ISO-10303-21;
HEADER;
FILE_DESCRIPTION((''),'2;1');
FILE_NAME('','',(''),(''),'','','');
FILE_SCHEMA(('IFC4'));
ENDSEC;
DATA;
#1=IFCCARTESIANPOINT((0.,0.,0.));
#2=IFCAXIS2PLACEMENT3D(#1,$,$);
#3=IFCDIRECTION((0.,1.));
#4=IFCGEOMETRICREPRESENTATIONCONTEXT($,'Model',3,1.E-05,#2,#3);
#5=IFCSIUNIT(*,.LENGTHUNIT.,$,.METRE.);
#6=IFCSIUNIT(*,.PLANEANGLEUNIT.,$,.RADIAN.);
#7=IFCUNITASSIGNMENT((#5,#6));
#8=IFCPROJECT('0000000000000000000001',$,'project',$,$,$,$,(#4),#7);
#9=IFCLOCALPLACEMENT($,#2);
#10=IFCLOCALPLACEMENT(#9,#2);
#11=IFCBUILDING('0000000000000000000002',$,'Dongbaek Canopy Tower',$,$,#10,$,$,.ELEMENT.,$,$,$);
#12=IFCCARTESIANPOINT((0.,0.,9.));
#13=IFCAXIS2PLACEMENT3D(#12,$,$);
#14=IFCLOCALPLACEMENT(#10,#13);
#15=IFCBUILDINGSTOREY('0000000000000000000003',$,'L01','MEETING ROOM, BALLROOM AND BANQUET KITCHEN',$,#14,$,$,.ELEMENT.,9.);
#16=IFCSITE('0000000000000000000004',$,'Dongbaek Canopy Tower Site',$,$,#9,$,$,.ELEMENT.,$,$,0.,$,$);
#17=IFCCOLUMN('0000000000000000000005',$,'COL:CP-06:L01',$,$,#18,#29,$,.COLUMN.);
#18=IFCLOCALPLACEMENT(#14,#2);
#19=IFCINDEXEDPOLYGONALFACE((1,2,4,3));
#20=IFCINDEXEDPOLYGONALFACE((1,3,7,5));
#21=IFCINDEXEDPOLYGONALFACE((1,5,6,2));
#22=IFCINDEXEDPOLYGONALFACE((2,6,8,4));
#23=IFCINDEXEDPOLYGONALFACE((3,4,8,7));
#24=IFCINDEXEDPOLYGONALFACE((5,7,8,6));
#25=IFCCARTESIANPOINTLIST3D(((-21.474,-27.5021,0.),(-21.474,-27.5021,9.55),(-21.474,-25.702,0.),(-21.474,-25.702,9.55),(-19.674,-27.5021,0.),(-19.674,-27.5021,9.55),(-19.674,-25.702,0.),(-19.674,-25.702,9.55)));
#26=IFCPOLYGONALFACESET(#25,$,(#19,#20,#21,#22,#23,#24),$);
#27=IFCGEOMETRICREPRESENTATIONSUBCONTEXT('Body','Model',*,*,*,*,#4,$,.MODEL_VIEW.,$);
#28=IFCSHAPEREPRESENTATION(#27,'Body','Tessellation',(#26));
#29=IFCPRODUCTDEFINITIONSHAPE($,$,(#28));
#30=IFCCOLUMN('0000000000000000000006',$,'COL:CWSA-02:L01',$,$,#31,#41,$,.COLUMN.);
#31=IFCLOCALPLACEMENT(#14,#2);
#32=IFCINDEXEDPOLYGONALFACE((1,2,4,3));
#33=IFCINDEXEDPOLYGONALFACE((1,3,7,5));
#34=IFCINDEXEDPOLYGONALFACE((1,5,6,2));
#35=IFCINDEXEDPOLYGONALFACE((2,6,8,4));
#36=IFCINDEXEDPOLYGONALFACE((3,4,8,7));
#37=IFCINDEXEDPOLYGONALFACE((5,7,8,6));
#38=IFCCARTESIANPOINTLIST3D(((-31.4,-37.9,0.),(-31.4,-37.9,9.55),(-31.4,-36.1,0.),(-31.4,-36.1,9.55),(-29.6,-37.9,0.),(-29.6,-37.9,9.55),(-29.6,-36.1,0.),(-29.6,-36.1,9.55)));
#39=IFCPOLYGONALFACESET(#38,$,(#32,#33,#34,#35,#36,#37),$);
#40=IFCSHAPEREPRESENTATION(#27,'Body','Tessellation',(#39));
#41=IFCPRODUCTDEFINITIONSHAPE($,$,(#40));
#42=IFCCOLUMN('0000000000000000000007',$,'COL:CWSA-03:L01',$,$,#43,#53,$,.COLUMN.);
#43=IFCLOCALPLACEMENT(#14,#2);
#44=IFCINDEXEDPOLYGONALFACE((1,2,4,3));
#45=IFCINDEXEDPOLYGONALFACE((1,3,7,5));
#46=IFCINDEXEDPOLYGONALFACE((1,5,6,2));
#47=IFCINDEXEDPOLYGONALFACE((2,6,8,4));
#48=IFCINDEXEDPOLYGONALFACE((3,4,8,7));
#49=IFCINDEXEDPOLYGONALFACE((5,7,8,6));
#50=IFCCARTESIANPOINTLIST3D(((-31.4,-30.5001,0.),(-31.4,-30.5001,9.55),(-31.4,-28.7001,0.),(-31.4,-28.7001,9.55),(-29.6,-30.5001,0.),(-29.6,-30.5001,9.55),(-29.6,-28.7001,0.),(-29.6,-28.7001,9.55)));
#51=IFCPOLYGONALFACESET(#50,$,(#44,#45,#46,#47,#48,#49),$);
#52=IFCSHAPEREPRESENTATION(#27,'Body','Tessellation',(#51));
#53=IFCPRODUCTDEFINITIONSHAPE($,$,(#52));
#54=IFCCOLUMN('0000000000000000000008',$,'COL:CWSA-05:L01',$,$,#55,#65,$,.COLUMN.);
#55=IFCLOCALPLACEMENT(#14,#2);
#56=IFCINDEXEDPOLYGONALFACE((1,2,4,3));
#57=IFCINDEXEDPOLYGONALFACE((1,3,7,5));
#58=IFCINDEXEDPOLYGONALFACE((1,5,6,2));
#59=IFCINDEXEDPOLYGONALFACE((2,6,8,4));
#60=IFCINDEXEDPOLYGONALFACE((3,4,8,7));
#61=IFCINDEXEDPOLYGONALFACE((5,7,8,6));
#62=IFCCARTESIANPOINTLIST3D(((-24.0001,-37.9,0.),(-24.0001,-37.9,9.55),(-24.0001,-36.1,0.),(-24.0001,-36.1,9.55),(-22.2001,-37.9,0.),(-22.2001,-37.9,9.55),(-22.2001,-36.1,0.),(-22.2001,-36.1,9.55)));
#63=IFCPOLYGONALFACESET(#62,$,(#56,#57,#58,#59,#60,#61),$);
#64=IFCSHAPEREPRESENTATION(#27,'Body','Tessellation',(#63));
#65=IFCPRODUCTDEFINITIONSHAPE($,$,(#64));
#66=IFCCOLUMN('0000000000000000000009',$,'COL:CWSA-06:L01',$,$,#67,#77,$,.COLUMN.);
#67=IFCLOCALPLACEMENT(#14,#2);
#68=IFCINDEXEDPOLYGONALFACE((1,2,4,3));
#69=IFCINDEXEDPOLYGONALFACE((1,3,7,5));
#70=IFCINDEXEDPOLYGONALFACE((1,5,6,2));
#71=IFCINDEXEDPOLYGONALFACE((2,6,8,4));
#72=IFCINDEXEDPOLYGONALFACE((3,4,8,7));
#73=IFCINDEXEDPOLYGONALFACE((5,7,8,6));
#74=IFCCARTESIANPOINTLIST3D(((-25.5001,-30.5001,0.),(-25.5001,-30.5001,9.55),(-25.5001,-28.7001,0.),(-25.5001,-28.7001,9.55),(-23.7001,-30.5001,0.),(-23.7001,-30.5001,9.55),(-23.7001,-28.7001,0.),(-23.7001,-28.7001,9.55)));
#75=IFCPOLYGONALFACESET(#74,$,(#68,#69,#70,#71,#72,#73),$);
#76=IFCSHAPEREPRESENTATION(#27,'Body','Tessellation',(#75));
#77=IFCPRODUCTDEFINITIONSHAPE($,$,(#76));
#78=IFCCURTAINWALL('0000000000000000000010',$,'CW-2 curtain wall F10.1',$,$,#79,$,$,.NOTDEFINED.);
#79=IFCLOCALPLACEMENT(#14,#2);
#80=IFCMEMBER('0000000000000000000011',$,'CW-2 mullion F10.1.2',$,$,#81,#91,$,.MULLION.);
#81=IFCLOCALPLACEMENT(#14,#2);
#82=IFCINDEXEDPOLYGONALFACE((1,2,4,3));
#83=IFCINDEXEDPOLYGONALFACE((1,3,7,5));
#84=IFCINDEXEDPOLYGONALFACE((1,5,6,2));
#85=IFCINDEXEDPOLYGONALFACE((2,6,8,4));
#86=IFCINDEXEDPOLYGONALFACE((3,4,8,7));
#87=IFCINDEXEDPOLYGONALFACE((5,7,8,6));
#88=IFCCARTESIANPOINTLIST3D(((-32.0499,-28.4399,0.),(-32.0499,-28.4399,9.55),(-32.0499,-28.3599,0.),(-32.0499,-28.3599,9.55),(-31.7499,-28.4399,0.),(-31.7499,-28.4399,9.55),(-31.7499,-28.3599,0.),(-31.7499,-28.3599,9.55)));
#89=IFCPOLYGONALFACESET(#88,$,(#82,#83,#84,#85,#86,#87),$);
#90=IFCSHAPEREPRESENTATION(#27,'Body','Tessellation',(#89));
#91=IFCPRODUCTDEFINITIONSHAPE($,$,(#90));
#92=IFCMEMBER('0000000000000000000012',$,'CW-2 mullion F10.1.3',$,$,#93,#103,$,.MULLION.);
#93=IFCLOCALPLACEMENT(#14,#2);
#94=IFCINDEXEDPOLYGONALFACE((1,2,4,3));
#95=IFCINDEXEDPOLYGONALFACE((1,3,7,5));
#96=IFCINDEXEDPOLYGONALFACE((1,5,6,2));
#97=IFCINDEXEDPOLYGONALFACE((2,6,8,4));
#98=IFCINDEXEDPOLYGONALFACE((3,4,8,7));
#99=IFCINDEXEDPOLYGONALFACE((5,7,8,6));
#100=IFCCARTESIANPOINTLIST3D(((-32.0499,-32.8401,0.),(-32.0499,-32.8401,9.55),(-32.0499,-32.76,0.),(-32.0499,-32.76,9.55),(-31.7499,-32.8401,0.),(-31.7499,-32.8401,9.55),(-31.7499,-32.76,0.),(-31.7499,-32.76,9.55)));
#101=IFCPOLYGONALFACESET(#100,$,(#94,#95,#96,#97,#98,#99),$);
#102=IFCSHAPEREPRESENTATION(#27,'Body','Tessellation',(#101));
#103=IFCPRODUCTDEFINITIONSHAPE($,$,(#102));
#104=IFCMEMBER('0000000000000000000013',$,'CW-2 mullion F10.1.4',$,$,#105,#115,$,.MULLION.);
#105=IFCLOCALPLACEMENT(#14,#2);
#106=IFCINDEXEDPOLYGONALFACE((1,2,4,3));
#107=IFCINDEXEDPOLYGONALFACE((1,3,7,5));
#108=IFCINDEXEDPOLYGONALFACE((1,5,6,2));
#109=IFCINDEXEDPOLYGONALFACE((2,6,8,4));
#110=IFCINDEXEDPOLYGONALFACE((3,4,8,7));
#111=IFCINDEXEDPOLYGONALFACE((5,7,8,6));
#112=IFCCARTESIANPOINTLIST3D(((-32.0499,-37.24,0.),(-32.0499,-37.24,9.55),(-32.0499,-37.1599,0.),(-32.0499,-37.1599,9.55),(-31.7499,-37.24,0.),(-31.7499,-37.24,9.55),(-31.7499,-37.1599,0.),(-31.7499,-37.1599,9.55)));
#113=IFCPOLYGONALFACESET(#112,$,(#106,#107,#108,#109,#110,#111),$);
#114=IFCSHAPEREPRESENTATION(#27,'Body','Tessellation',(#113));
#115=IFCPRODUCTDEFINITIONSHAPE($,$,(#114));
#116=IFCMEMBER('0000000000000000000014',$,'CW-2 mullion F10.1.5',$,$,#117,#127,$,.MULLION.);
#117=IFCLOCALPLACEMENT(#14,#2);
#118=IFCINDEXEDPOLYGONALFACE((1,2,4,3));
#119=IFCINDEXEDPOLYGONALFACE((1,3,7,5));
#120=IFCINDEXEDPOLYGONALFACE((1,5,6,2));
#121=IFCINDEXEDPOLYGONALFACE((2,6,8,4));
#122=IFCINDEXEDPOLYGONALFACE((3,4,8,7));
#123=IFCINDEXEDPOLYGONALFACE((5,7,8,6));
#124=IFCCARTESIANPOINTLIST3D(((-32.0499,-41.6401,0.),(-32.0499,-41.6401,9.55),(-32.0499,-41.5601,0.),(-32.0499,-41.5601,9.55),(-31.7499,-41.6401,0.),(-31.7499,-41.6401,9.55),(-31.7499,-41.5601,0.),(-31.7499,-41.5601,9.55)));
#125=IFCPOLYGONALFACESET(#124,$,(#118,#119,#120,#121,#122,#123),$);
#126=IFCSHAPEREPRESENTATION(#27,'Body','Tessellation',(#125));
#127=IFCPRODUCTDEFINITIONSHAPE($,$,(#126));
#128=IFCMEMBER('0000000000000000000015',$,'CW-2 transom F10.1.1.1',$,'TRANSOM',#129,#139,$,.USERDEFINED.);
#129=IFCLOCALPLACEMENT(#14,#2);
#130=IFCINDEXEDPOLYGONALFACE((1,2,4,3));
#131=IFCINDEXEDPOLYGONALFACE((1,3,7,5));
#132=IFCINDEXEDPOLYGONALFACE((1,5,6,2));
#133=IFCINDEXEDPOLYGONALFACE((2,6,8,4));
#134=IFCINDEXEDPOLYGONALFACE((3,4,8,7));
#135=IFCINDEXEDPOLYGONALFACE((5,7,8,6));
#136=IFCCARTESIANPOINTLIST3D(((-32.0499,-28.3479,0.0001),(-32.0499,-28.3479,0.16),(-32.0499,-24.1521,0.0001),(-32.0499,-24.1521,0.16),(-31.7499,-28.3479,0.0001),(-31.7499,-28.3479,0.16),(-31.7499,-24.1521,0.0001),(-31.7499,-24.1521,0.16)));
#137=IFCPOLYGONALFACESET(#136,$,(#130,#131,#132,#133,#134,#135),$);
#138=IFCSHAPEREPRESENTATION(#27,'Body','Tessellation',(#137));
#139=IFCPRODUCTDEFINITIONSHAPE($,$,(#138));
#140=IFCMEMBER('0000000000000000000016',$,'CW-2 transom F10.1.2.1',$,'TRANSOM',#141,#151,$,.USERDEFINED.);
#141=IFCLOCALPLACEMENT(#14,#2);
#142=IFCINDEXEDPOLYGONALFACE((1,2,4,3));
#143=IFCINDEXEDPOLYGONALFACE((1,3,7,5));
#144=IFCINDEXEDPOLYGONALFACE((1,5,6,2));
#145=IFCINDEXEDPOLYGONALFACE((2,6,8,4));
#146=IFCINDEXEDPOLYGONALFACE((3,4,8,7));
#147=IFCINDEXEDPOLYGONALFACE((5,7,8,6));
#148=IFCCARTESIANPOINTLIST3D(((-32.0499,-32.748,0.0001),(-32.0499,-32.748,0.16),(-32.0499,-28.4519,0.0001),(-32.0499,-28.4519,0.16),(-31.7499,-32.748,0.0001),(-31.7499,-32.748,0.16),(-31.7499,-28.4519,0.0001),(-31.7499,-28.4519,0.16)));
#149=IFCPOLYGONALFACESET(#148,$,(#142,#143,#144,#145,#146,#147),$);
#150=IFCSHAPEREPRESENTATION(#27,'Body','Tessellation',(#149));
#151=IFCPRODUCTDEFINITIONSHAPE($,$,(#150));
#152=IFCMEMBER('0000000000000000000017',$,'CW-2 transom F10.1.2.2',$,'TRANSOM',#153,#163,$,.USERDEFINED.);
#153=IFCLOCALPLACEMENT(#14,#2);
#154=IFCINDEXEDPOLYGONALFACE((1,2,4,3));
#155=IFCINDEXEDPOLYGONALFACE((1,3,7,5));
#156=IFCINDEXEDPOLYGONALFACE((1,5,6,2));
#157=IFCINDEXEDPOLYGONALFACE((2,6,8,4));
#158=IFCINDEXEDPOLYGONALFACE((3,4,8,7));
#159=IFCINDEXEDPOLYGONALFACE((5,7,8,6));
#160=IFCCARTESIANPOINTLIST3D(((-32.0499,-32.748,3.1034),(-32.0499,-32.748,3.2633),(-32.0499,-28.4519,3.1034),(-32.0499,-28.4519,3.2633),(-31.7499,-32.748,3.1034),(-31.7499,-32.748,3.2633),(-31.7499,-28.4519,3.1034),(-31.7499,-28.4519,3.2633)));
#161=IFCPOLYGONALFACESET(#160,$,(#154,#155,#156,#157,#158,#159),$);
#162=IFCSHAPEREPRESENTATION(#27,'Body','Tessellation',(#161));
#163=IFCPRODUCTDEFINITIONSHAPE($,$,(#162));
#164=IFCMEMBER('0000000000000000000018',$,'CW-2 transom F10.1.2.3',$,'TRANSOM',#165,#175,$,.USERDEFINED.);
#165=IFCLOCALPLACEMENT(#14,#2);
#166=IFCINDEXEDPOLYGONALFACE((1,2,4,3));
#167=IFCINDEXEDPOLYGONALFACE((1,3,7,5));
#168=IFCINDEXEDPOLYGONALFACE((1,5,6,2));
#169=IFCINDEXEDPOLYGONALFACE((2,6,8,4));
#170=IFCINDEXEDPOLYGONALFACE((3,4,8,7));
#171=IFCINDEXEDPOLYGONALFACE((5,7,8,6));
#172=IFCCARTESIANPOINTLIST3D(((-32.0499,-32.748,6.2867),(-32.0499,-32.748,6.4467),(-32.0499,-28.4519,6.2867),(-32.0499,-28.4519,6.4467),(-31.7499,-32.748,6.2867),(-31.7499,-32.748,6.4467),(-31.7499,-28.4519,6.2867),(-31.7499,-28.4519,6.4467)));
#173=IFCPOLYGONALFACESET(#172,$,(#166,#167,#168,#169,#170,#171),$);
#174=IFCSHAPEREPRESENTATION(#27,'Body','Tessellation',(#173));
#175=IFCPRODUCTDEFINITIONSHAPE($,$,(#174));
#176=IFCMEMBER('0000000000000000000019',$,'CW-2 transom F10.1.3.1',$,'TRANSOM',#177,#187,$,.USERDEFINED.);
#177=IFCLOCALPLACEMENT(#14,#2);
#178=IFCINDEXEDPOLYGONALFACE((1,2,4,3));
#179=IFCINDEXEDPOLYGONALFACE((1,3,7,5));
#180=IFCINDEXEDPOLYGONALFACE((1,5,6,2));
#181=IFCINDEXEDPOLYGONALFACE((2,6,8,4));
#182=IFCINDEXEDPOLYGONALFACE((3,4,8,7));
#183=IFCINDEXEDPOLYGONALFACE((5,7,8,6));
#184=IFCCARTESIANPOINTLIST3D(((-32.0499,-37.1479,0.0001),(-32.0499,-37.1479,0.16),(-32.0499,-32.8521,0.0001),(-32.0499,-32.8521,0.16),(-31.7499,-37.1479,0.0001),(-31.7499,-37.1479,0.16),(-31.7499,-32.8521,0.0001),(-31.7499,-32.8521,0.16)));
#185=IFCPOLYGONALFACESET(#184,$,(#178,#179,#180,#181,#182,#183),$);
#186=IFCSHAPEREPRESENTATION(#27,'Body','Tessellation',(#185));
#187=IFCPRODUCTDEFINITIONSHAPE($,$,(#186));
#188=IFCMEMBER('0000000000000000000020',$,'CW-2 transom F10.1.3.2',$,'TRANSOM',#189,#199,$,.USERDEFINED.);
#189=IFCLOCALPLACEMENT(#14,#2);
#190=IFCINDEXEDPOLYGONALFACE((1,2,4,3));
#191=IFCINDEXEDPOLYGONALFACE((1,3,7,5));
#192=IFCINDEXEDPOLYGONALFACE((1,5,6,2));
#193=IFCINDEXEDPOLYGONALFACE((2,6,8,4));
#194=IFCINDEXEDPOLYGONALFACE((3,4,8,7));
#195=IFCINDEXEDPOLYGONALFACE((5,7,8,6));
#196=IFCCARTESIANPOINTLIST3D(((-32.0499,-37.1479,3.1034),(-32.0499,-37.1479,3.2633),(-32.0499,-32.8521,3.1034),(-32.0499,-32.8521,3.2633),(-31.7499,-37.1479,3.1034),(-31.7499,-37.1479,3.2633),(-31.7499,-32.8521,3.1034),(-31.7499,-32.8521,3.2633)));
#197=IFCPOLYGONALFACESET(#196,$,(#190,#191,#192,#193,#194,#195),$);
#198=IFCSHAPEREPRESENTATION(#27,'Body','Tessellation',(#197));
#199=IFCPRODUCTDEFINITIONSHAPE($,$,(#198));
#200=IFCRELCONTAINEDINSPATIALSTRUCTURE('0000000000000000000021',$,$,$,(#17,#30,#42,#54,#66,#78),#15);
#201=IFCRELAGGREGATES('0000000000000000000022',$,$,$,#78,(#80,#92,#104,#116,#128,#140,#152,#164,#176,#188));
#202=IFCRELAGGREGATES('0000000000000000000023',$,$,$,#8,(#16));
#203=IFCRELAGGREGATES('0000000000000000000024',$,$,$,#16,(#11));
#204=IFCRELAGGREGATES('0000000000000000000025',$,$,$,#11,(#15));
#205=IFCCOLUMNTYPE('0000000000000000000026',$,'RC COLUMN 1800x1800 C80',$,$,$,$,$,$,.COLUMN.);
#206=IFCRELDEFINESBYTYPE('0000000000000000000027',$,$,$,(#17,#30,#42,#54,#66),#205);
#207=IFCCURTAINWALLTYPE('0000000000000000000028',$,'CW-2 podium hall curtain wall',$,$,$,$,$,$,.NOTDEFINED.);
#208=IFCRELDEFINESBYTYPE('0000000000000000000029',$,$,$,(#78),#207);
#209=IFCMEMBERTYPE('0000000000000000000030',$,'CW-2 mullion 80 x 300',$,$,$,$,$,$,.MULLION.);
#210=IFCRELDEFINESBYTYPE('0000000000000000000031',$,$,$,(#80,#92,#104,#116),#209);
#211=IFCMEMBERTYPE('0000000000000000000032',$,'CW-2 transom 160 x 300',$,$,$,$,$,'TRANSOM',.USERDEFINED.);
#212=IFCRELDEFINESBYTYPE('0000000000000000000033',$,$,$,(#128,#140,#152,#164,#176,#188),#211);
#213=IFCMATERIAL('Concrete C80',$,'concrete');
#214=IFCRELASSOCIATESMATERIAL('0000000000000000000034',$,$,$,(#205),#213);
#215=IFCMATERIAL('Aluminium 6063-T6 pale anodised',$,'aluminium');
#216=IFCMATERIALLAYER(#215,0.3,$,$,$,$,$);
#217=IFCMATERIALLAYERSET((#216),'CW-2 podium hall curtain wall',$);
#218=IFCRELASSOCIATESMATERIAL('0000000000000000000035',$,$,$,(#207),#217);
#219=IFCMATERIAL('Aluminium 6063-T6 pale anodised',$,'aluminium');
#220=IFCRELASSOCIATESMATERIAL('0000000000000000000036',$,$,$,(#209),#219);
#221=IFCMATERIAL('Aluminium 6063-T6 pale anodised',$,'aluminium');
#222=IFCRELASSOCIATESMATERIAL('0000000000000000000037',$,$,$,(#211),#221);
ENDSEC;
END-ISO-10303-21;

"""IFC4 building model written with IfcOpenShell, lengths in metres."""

from ifc_helpers import new_model, si_unit, direction, frame, origin, origin_2d, place, context, subcontext, project, spatial, rectangle, extrude, material, layer, layer_set, material_profile, profile_set, type_object, element, aggregate, save


model = new_model("IFC4")

# Units and contexts
model_context = context("Model", 3, precision=1e-05, world=origin(), true_north=direction((0.0, 1.0)))
body_context = subcontext(model_context, "Body", "Model", "MODEL_VIEW")
ifc_project = project(units=[si_unit("LENGTHUNIT", "METRE"), si_unit("PLANEANGLEUNIT", "RADIAN")], contexts=[model_context])

# Site, building, storey
site_placement = place(None, origin())
site = spatial("IfcSite", under=ifc_project, at=site_placement, Name="Dongbaek Canopy Tower Site", CompositionType="ELEMENT", RefElevation=0.0)
building_placement = place(site_placement, origin())
building = spatial("IfcBuilding", under=site, at=building_placement, Name="Dongbaek Canopy Tower", CompositionType="ELEMENT")
storey_placement = place(building_placement, frame((0.0, 0.0, 9.0)))
storey = spatial("IfcBuildingStorey", under=building, at=storey_placement, Name="L01", Description="MEETING ROOM, BALLROOM AND BANQUET KITCHEN", CompositionType="ELEMENT", Elevation=9.0)

# Columns
ifc_material_1 = material(Name="Concrete C80", Category="concrete")
ifc_material_profile_1 = material_profile(ifc_material_1, rectangle(XDim=1.8, YDim=1.8, at=origin_2d()), Name="RC COLUMN 1800x1800 C80")
ifc_profile_set_1 = profile_set([ifc_material_profile_1], Name="Concrete C80")
column_type = type_object("IfcColumnType", Name="RC COLUMN 1800x1800 C80", PredefinedType="COLUMN", material=ifc_profile_set_1)
for number, where, z_axis, x_axis, name in (
    (1, (-20.574, -26.6021, 0.0), (0.0, 0.0, 1.0), (1.0, 0.0, 0.0), "COL:CP-06:L01"),
    (2, (-30.5, -37.0, 0.0), (0.0, 0.0, 1.0), (1.0, 0.0, 0.0), "COL:CWSA-02:L01"),
    (3, (-30.5, -29.6001, 0.0), (0.0, 0.0, 1.0), (1.0, 0.0, 0.0), "COL:CWSA-03:L01"),
    (4, (-23.1001, -37.0, 0.0), (0.0, 0.0, 1.0), (1.0, 0.0, 0.0), "COL:CWSA-05:L01"),
    (5, (-24.6001, -29.6001, 0.0), (0.0, 0.0, 1.0), (1.0, 0.0, 0.0), "COL:CWSA-06:L01"),
):
    element("IfcColumn", number, at=place(storey_placement, frame(where, z_axis=z_axis, x_axis=x_axis)), inside=storey, type_object=column_type, Name=name, PredefinedType="COLUMN", context=body_context, shape_type="SweptSolid", body=[
        extrude(rectangle(XDim=1.8, YDim=1.8, at=origin_2d()), origin(), (0.0, 0.0, 1.0), 9.55),
    ])

# Curtain wall, members
ifc_material_2 = material(Name="Aluminium 6063-T6 pale anodised", Category="aluminium")
ifc_layer_1 = layer(ifc_material_2, 0.3)
ifc_layer_set_1 = layer_set([ifc_layer_1], Name="CW-2 podium hall curtain wall")
curtain_wall_type = type_object("IfcCurtainWallType", Name="CW-2 podium hall curtain wall", PredefinedType="NOTDEFINED", material=ifc_layer_set_1)
curtain_wall_placement = place(storey_placement, origin())
curtain_wall = element("IfcCurtainWall", 6, at=curtain_wall_placement, inside=storey, type_object=curtain_wall_type, Name="CW-2 curtain wall F10.1", PredefinedType="NOTDEFINED")
ifc_material_3 = material(Name="Aluminium 6063-T6 pale anodised", Category="aluminium")
ifc_material_profile_2 = material_profile(ifc_material_3, rectangle(XDim=0.3, YDim=0.0801, at=origin_2d()), Name="CW-2 mullion 80 x 300")
ifc_profile_set_2 = profile_set([ifc_material_profile_2], Name="Aluminium 6063-T6 pale anodised")
member_type_1 = type_object("IfcMemberType", Name="CW-2 mullion 80 x 300", PredefinedType="MULLION", material=ifc_profile_set_2)
member_1_placement = place(storey_placement, frame((-31.8999, -28.3999, 0.0), z_axis=(0.0, 0.0, 1.0), x_axis=(-1.0, 0.0, 0.0)))
member_1 = element("IfcMember", 7, at=member_1_placement, type_object=member_type_1, Name="CW-2 mullion F10.1.2", PredefinedType="MULLION", context=body_context, shape_type="SweptSolid", body=[
    extrude(rectangle(XDim=0.3, YDim=0.0801, at=origin_2d()), origin(), (0.0, 0.0, 1.0), 9.55),
])
member_2_placement = place(storey_placement, frame((-31.8999, -32.8, 0.0), z_axis=(0.0, 0.0, 1.0), x_axis=(-1.0, 0.0, 0.0)))
member_2 = element("IfcMember", 8, at=member_2_placement, type_object=member_type_1, Name="CW-2 mullion F10.1.3", PredefinedType="MULLION", context=body_context, shape_type="SweptSolid", body=[
    extrude(rectangle(XDim=0.3, YDim=0.0801, at=origin_2d()), origin(), (0.0, 0.0, 1.0), 9.55),
])
member_3_placement = place(storey_placement, frame((-31.8999, -37.2, 0.0), z_axis=(0.0, 0.0, 1.0), x_axis=(-1.0, 0.0, 0.0)))
member_3 = element("IfcMember", 9, at=member_3_placement, type_object=member_type_1, Name="CW-2 mullion F10.1.4", PredefinedType="MULLION", context=body_context, shape_type="SweptSolid", body=[
    extrude(rectangle(XDim=0.3, YDim=0.0801, at=origin_2d()), origin(), (0.0, 0.0, 1.0), 9.55),
])
member_4_placement = place(storey_placement, frame((-31.8999, -41.6001, 0.0), z_axis=(0.0, 0.0, 1.0), x_axis=(-1.0, 0.0, 0.0)))
member_4 = element("IfcMember", 10, at=member_4_placement, type_object=member_type_1, Name="CW-2 mullion F10.1.5", PredefinedType="MULLION", context=body_context, shape_type="SweptSolid", body=[
    extrude(rectangle(XDim=0.3, YDim=0.0801, at=origin_2d()), origin(), (0.0, 0.0, 1.0), 9.55),
])
ifc_material_4 = material(Name="Aluminium 6063-T6 pale anodised", Category="aluminium")
ifc_material_profile_3 = material_profile(ifc_material_4, rectangle(XDim=0.3, YDim=0.1599, at=origin_2d()), Name="CW-2 transom 160 x 300")
ifc_profile_set_3 = profile_set([ifc_material_profile_3], Name="Aluminium 6063-T6 pale anodised")
member_type_2 = type_object("IfcMemberType", Name="CW-2 transom 160 x 300", ElementType="TRANSOM", PredefinedType="USERDEFINED", material=ifc_profile_set_3)
member_5_placement = place(storey_placement, frame((-31.8999, -24.1521, 0.0801), z_axis=(0.0, -1.0, 0.0), x_axis=(1.0, 0.0, 0.0)))
member_5 = element("IfcMember", 11, at=member_5_placement, type_object=member_type_2, Name="CW-2 transom F10.1.1.1", ObjectType="TRANSOM", PredefinedType="USERDEFINED", context=body_context, shape_type="SweptSolid", body=[
    extrude(rectangle(XDim=0.3, YDim=0.1599, at=origin_2d()), origin(), (0.0, 0.0, 1.0), 4.1958),
])
member_6_placement = place(storey_placement, frame((-31.8999, -28.4519, 0.0801), z_axis=(0.0, -1.0, 0.0), x_axis=(1.0, 0.0, 0.0)))
member_6 = element("IfcMember", 12, at=member_6_placement, type_object=member_type_2, Name="CW-2 transom F10.1.2.1", ObjectType="TRANSOM", PredefinedType="USERDEFINED", context=body_context, shape_type="SweptSolid", body=[
    extrude(rectangle(XDim=0.3, YDim=0.1599, at=origin_2d()), origin(), (0.0, 0.0, 1.0), 4.2961),
])
member_7_placement = place(storey_placement, frame((-31.8999, -28.4519, 3.1833), z_axis=(0.0, -1.0, 0.0), x_axis=(1.0, 0.0, 0.0)))
member_7 = element("IfcMember", 13, at=member_7_placement, type_object=member_type_2, Name="CW-2 transom F10.1.2.2", ObjectType="TRANSOM", PredefinedType="USERDEFINED", context=body_context, shape_type="SweptSolid", body=[
    extrude(rectangle(XDim=0.3, YDim=0.1599, at=origin_2d()), origin(), (0.0, 0.0, 1.0), 4.2961),
])
member_8_placement = place(storey_placement, frame((-31.8999, -28.4519, 6.3667), z_axis=(0.0, -1.0, 0.0), x_axis=(1.0, 0.0, 0.0)))
member_8 = element("IfcMember", 14, at=member_8_placement, type_object=member_type_2, Name="CW-2 transom F10.1.2.3", ObjectType="TRANSOM", PredefinedType="USERDEFINED", context=body_context, shape_type="SweptSolid", body=[
    extrude(rectangle(XDim=0.3, YDim=0.1599, at=origin_2d()), origin(), (0.0, 0.0, 1.0), 4.2961),
])
member_9_placement = place(storey_placement, frame((-31.8999, -32.8521, 0.0801), z_axis=(0.0, -1.0, 0.0), x_axis=(1.0, 0.0, 0.0)))
member_9 = element("IfcMember", 15, at=member_9_placement, type_object=member_type_2, Name="CW-2 transom F10.1.3.1", ObjectType="TRANSOM", PredefinedType="USERDEFINED", context=body_context, shape_type="SweptSolid", body=[
    extrude(rectangle(XDim=0.3, YDim=0.1599, at=origin_2d()), origin(), (0.0, 0.0, 1.0), 4.2959),
])
member_10_placement = place(storey_placement, frame((-31.8999, -32.8521, 3.1833), z_axis=(0.0, -1.0, 0.0), x_axis=(1.0, 0.0, 0.0)))
member_10 = element("IfcMember", 16, at=member_10_placement, type_object=member_type_2, Name="CW-2 transom F10.1.3.2", ObjectType="TRANSOM", PredefinedType="USERDEFINED", context=body_context, shape_type="SweptSolid", body=[
    extrude(rectangle(XDim=0.3, YDim=0.1599, at=origin_2d()), origin(), (0.0, 0.0, 1.0), 4.2959),
])
aggregate(curtain_wall, [member_1, member_2, member_3, member_4, member_5, member_6, member_7, member_8, member_9, member_10])

save(model, "model.ifc")
